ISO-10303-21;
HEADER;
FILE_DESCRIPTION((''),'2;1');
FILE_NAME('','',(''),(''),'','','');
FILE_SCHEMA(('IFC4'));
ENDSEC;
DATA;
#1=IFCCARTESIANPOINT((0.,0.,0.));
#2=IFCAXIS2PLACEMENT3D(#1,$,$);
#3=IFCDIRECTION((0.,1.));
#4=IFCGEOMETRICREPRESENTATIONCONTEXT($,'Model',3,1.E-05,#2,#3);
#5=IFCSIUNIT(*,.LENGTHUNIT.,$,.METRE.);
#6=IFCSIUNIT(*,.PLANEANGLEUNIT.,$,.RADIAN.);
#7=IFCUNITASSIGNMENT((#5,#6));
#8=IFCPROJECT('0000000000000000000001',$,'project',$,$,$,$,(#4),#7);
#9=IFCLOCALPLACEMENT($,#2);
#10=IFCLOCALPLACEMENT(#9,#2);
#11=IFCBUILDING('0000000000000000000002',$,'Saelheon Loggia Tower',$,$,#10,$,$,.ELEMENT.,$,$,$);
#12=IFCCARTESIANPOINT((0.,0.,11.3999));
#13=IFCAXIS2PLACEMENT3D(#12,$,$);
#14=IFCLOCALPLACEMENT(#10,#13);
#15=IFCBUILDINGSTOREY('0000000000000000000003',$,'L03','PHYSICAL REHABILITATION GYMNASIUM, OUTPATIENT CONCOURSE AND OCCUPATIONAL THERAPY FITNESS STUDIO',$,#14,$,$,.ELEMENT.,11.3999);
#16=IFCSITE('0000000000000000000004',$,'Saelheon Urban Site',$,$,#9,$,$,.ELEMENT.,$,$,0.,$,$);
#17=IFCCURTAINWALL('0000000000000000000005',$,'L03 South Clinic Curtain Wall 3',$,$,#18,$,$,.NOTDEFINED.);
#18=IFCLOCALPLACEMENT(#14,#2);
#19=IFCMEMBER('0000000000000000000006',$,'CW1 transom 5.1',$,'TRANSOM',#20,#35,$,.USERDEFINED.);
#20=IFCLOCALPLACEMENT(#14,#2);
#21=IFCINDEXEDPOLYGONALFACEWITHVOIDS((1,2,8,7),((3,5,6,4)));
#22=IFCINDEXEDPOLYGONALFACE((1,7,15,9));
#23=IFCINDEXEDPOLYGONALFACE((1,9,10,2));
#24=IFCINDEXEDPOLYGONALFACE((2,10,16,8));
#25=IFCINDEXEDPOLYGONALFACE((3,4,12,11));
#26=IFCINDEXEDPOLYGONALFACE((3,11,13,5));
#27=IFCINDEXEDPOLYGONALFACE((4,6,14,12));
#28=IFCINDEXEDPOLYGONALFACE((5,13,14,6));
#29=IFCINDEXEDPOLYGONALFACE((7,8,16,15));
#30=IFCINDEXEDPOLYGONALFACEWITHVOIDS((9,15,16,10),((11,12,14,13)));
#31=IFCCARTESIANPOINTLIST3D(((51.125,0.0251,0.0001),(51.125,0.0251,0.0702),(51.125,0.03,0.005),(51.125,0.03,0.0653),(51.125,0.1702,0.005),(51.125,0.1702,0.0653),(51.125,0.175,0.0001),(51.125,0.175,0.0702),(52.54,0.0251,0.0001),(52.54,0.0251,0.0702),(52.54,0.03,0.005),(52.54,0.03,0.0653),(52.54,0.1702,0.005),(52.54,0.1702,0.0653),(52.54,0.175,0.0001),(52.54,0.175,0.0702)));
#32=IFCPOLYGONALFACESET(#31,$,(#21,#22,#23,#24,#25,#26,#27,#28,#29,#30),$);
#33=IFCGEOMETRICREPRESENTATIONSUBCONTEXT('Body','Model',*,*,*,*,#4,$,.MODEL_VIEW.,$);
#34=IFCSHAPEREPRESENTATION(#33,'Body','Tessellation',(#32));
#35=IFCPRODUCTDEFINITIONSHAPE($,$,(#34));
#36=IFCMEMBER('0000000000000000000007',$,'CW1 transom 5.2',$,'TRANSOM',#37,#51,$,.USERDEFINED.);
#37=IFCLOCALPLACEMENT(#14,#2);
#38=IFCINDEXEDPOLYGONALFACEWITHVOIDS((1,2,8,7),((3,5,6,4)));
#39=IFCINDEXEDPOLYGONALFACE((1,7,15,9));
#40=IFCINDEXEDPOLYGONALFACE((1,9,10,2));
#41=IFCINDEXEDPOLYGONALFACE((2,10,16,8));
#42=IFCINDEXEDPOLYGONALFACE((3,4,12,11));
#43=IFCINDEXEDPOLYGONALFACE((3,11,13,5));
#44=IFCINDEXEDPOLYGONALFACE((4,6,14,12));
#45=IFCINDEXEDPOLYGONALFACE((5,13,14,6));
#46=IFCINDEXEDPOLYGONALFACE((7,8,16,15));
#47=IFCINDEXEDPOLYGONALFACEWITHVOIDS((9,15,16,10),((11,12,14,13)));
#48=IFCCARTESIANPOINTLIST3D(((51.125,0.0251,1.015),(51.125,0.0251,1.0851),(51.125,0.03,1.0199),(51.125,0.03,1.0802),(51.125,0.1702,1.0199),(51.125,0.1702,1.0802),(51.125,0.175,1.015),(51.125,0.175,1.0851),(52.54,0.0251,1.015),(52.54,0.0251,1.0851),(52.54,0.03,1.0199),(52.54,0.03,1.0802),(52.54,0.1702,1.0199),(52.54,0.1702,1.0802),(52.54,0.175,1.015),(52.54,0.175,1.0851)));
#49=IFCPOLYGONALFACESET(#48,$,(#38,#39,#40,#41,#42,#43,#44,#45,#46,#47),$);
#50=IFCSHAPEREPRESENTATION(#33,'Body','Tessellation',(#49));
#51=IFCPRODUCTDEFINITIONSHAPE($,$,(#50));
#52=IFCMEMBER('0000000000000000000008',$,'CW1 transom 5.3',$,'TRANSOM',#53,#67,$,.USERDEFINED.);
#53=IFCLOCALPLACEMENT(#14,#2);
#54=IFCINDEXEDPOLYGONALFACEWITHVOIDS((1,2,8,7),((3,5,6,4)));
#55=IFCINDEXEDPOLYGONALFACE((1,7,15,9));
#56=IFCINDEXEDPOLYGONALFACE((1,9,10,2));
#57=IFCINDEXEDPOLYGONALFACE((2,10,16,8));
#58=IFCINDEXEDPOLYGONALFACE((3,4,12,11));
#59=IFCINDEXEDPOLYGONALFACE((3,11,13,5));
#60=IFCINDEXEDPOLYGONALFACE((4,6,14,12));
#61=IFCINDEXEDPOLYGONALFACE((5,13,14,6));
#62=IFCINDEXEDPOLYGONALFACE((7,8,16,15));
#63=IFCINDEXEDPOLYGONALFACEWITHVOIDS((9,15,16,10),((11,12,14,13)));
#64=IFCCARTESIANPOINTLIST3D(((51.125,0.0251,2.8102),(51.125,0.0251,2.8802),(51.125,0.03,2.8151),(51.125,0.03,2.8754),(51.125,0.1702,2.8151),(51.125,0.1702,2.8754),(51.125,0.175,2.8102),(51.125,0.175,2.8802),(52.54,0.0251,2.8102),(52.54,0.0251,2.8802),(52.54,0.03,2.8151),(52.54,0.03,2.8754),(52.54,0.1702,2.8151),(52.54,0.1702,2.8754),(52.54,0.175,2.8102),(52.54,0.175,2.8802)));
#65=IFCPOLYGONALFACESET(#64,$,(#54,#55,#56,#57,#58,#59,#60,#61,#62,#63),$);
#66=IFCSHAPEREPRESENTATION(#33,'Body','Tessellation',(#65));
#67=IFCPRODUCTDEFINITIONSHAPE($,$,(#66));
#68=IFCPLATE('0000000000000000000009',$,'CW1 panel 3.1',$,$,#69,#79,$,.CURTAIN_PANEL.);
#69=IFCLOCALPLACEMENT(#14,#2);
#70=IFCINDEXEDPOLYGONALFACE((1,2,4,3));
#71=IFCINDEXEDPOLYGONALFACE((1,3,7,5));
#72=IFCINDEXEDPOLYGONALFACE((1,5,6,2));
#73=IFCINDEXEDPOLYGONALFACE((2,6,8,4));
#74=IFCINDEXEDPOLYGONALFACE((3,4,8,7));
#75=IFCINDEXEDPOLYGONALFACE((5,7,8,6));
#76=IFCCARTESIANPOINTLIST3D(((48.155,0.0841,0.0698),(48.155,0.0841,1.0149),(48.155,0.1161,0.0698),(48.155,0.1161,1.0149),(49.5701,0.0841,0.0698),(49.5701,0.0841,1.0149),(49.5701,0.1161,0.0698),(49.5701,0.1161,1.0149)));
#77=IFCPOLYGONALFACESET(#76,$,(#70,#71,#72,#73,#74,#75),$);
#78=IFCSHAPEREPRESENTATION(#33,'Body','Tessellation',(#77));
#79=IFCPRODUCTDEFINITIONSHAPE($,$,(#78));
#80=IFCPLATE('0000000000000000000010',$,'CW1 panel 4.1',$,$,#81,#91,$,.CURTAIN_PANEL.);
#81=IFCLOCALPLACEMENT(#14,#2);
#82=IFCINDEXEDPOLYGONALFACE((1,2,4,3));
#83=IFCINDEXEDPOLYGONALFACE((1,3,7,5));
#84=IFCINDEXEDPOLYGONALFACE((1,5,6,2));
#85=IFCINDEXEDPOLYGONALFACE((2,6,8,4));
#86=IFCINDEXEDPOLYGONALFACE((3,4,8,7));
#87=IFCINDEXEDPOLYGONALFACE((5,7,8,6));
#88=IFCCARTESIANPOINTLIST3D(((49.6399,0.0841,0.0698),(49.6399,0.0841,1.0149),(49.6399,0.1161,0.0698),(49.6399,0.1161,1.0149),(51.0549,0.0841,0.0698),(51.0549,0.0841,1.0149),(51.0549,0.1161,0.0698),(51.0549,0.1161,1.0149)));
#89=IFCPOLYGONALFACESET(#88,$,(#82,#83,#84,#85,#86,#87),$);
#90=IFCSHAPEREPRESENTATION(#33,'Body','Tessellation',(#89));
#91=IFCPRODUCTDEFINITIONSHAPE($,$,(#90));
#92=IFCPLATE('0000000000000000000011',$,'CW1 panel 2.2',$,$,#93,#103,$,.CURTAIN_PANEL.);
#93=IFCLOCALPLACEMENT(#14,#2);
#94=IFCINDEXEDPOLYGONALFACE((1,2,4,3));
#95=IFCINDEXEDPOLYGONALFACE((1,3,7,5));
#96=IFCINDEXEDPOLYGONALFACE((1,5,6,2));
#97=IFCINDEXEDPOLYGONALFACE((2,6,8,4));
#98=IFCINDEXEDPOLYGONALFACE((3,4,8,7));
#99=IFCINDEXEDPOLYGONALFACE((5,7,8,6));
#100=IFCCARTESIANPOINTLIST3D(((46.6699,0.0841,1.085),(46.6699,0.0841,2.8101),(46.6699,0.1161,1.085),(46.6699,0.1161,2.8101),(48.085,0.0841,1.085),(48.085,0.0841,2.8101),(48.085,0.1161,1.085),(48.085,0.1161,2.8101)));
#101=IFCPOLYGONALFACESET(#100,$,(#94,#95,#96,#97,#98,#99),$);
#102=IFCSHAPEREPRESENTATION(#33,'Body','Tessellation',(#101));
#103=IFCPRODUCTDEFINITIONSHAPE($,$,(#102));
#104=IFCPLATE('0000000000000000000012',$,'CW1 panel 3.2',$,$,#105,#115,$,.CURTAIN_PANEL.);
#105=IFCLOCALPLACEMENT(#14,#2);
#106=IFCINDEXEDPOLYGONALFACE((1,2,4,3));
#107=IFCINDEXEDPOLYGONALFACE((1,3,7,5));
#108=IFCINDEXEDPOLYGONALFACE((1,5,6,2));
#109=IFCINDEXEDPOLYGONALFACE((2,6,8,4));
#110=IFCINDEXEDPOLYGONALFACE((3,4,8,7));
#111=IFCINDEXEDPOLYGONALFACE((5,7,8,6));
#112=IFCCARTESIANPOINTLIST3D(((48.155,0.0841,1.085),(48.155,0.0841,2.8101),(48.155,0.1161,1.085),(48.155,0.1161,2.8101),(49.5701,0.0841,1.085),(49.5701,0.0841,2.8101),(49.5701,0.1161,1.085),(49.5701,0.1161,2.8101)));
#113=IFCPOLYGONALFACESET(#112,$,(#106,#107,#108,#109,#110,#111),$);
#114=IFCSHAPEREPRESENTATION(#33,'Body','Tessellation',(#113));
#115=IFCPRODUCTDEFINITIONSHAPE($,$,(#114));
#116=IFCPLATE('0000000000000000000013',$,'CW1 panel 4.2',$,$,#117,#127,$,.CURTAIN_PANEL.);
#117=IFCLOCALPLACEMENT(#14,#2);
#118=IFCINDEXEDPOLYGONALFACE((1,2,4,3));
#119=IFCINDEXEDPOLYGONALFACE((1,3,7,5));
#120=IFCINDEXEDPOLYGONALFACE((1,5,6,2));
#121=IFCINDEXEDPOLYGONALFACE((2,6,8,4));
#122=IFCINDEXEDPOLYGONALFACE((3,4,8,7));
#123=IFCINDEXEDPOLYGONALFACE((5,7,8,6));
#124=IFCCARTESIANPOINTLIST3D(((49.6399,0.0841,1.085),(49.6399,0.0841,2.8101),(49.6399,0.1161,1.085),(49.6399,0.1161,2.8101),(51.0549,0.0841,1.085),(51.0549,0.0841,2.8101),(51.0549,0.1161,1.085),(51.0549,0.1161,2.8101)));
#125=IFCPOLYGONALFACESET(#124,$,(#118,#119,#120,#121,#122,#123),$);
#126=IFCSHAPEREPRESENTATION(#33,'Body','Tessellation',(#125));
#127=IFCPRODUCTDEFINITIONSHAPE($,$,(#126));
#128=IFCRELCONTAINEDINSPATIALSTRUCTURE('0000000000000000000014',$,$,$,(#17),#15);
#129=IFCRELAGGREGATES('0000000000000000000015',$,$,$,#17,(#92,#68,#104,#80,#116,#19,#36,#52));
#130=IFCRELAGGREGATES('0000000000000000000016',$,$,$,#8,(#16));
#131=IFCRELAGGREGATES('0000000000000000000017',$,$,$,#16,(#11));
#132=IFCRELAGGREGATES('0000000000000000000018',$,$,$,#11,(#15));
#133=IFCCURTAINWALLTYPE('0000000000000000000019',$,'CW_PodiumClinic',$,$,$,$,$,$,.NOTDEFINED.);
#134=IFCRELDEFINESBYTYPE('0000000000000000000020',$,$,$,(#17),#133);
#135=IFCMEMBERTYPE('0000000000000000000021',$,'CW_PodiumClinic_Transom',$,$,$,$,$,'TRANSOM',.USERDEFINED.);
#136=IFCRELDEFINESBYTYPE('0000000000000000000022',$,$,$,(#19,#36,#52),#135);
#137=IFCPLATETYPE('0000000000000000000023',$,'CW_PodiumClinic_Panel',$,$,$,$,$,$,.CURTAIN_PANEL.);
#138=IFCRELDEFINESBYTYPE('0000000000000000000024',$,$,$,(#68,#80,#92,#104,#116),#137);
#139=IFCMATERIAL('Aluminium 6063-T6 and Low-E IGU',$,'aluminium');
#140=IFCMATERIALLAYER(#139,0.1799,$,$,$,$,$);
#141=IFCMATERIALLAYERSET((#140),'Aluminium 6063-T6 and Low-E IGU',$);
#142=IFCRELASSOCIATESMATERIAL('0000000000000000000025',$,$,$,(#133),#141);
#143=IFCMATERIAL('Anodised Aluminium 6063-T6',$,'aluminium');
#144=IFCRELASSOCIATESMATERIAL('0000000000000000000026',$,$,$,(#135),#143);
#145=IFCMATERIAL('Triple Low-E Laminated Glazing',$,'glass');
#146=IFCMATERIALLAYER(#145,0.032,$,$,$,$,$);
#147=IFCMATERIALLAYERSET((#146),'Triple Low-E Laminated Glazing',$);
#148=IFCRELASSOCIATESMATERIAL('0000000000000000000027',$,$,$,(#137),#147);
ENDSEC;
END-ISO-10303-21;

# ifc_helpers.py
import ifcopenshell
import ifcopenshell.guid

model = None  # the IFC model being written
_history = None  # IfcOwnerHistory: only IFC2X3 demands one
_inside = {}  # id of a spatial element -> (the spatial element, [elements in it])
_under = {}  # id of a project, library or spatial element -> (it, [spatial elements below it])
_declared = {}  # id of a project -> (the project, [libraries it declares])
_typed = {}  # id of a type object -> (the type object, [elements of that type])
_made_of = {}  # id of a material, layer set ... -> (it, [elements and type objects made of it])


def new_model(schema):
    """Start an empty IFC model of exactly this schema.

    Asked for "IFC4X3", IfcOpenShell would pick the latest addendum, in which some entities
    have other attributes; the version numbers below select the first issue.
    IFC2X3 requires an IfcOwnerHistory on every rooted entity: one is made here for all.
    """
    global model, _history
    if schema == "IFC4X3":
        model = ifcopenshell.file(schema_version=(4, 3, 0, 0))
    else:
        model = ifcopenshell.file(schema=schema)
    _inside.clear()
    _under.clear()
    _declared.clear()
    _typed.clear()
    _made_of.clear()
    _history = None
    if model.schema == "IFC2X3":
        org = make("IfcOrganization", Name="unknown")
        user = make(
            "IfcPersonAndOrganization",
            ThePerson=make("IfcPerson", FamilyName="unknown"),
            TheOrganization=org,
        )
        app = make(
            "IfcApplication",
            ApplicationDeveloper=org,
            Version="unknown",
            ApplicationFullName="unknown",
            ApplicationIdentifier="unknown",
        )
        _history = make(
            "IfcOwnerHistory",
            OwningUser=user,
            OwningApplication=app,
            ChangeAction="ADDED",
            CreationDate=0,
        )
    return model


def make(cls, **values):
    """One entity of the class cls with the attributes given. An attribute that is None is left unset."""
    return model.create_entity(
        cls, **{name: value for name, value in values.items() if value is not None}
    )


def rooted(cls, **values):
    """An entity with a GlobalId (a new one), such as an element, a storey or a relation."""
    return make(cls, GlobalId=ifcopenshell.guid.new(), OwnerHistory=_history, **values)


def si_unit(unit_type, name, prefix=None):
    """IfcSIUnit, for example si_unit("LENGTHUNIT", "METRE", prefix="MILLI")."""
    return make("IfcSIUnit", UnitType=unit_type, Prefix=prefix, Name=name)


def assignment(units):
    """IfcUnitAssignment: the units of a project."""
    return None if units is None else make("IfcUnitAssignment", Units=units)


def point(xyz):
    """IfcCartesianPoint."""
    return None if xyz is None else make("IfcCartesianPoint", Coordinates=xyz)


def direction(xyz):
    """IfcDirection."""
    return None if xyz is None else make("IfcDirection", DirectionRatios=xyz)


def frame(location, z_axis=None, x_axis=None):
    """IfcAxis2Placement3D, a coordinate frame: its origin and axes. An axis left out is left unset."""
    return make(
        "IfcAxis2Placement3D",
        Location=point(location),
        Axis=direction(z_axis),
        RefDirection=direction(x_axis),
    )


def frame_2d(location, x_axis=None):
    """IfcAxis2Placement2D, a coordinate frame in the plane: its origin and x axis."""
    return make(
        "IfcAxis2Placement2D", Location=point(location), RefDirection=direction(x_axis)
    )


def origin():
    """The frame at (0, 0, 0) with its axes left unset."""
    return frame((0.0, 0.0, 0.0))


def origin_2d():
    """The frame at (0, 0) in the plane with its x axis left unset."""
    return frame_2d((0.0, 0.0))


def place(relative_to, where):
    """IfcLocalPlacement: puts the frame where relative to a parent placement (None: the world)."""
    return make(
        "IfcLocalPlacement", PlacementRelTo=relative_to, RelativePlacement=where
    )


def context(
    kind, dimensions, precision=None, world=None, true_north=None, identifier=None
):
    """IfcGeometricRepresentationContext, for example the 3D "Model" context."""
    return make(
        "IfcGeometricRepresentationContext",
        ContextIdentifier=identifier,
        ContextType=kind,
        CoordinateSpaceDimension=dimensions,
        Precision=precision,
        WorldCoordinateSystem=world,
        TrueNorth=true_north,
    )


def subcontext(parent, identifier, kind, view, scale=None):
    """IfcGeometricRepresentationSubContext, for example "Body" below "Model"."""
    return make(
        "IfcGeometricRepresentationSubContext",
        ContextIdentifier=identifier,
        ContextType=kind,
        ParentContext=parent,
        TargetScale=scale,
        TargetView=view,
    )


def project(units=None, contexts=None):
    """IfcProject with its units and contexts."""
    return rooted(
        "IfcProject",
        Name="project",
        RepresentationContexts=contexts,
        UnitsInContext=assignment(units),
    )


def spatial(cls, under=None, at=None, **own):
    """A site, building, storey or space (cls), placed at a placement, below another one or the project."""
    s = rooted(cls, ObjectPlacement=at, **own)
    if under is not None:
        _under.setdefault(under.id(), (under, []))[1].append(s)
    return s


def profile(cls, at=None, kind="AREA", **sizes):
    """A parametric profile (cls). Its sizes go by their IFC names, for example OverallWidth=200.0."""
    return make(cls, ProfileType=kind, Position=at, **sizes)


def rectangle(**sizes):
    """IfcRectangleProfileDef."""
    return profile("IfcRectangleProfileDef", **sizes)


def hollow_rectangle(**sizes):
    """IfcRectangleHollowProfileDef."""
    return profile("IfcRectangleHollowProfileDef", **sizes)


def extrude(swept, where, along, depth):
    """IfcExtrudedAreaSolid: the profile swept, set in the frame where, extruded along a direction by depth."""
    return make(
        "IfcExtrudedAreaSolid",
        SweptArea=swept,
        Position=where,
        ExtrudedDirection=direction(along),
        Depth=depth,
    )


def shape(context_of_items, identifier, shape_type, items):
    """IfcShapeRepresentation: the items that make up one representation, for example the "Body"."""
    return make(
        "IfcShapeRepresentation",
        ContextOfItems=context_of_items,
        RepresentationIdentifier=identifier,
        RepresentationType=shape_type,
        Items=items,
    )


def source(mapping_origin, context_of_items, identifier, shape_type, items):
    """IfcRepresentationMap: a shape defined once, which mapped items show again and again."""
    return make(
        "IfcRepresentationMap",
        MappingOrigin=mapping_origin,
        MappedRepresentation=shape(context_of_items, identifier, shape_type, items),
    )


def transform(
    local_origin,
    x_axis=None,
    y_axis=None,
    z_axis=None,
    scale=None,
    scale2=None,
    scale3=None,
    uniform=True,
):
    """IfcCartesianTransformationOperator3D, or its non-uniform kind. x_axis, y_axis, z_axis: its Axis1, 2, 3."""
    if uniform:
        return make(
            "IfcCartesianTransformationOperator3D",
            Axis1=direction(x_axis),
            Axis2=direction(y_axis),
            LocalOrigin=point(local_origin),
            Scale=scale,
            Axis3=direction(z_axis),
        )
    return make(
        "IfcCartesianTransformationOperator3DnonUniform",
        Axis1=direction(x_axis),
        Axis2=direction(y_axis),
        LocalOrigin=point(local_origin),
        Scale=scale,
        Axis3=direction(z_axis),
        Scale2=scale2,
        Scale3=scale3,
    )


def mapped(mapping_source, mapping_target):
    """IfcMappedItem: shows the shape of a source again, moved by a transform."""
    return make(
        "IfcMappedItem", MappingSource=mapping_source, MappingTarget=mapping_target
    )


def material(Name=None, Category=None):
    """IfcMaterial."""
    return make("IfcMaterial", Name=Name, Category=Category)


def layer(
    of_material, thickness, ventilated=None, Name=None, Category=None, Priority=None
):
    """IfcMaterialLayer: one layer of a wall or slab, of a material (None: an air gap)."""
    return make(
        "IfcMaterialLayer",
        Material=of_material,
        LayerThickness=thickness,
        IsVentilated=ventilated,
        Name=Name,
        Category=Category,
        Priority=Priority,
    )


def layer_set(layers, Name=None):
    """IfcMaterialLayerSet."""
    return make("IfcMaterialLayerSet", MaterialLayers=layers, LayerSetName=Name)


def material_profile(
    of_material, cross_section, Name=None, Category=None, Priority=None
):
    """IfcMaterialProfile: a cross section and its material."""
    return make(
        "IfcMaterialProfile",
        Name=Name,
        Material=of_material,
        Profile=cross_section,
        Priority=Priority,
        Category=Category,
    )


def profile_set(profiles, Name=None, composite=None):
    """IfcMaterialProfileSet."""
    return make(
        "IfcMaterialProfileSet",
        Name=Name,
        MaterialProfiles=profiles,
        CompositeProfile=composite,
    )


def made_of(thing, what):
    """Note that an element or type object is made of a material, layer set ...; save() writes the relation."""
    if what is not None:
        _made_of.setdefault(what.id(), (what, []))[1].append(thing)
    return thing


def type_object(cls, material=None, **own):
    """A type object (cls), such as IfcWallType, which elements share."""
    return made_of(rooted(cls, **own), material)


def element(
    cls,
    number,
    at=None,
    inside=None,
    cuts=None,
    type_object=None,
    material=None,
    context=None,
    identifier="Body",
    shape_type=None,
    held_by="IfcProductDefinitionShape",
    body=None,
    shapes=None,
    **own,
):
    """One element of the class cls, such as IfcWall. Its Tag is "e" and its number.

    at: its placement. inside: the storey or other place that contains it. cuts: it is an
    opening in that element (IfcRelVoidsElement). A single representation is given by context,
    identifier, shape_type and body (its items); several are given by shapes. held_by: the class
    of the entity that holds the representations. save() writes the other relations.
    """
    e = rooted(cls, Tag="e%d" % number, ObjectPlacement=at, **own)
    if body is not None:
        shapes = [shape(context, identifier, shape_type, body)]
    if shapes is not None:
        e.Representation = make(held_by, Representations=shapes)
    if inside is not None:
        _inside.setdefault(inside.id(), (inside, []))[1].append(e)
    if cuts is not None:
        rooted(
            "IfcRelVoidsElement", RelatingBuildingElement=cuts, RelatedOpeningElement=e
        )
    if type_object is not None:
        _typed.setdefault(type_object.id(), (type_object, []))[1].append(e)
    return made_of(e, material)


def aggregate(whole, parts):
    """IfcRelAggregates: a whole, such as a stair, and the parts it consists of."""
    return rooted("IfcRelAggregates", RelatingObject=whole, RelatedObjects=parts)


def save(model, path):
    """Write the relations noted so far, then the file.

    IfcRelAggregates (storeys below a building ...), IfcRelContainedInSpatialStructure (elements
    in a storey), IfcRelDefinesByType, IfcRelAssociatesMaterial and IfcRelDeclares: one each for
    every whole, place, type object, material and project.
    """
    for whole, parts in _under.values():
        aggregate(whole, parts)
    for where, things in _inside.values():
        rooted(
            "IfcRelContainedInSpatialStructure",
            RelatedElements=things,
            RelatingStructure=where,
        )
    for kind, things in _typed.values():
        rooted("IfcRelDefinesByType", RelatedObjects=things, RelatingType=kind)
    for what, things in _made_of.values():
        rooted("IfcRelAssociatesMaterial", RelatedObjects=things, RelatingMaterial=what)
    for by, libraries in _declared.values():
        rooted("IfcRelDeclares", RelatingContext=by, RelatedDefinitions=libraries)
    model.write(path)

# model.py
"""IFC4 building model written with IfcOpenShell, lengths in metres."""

from ifc_helpers import new_model, si_unit, direction, frame, origin, origin_2d, place, context, subcontext, project, spatial, rectangle, hollow_rectangle, extrude, source, transform, mapped, material, layer, layer_set, material_profile, profile_set, type_object, element, aggregate, save


model = new_model("IFC4")

# Units and contexts
model_context = context("Model", 3, precision=1e-05, world=origin(), true_north=direction((0.0, 1.0)))
body_context = subcontext(model_context, "Body", "Model", "MODEL_VIEW")
ifc_project = project(units=[si_unit("LENGTHUNIT", "METRE"), si_unit("PLANEANGLEUNIT", "RADIAN")], contexts=[model_context])

# Site, building, storey
site_placement = place(None, origin())
site = spatial("IfcSite", under=ifc_project, at=site_placement, Name="Saelheon Urban Site", CompositionType="ELEMENT", RefElevation=0.0)
building_placement = place(site_placement, origin())
building = spatial("IfcBuilding", under=site, at=building_placement, Name="Saelheon Loggia Tower", CompositionType="ELEMENT")
storey_placement = place(building_placement, frame((0.0, 0.0, 11.3999)))
storey = spatial("IfcBuildingStorey", under=building, at=storey_placement, Name="L03", Description="PHYSICAL REHABILITATION GYMNASIUM, OUTPATIENT CONCOURSE AND OCCUPATIONAL THERAPY FITNESS STUDIO", CompositionType="ELEMENT", Elevation=11.3999)

# Curtain wall, members, plates
ifc_material_1 = material(Name="Aluminium 6063-T6 and Low-E IGU", Category="aluminium")
ifc_layer_1 = layer(ifc_material_1, 0.1799)
ifc_layer_set_1 = layer_set([ifc_layer_1], Name="Aluminium 6063-T6 and Low-E IGU")
curtain_wall_type = type_object("IfcCurtainWallType", Name="CW_PodiumClinic", PredefinedType="NOTDEFINED", material=ifc_layer_set_1)
curtain_wall_placement = place(storey_placement, origin())
curtain_wall = element("IfcCurtainWall", 1, at=curtain_wall_placement, inside=storey, type_object=curtain_wall_type, Name="L03 South Clinic Curtain Wall 3", PredefinedType="NOTDEFINED")
ifc_material_2 = material(Name="Anodised Aluminium 6063-T6", Category="aluminium")
ifc_material_profile_1 = material_profile(ifc_material_2, hollow_rectangle(XDim=0.0701, YDim=0.1499, WallThickness=0.0049, at=origin_2d()), Name="RHS-150x70x5")
ifc_profile_set_1 = profile_set([ifc_material_profile_1], Name="Anodised Aluminium 6063-T6")
member_type_1 = type_object("IfcMemberType", Name="CW_PodiumClinic_Transom", ElementType="TRANSOM", PredefinedType="USERDEFINED", material=ifc_profile_set_1)
shared_shape_1 = source(origin(), body_context, "Body", "SweptSolid", [
    extrude(hollow_rectangle(XDim=0.0701, YDim=0.1499, WallThickness=0.0049, at=origin_2d()), origin(), (0.0, 0.0, 1.0), 1.415),
])
member_1_placement = place(storey_placement, frame((51.125, 0.1001, 0.0352), z_axis=(1.0, 0.0, 0.0), x_axis=(0.0, 0.0, 1.0)))
member_1 = element("IfcMember", 2, at=member_1_placement, type_object=member_type_1, Name="CW1 transom 5.1", ObjectType="TRANSOM", PredefinedType="USERDEFINED", context=body_context, shape_type="MappedRepresentation", body=[
    mapped(shared_shape_1, transform((0.0, 0.0, 0.0), scale=1.0)),
])
member_2_placement = place(storey_placement, frame((51.125, 0.1001, 1.05), z_axis=(1.0, 0.0, 0.0), x_axis=(0.0, 0.0, 1.0)))
member_2 = element("IfcMember", 3, at=member_2_placement, type_object=member_type_1, Name="CW1 transom 5.2", ObjectType="TRANSOM", PredefinedType="USERDEFINED", context=body_context, shape_type="MappedRepresentation", body=[
    mapped(shared_shape_1, transform((0.0, 0.0, 0.0), scale=1.0)),
])
member_3_placement = place(storey_placement, frame((51.125, 0.1001, 2.8452), z_axis=(1.0, 0.0, 0.0), x_axis=(0.0, 0.0, 1.0)))
member_3 = element("IfcMember", 4, at=member_3_placement, type_object=member_type_1, Name="CW1 transom 5.3", ObjectType="TRANSOM", PredefinedType="USERDEFINED", context=body_context, shape_type="MappedRepresentation", body=[
    mapped(shared_shape_1, transform((0.0, 0.0, 0.0), scale=1.0)),
])
ifc_material_3 = material(Name="Triple Low-E Laminated Glazing", Category="glass")
ifc_layer_2 = layer(ifc_material_3, 0.032)
ifc_layer_set_2 = layer_set([ifc_layer_2], Name="Triple Low-E Laminated Glazing")
plate_type = type_object("IfcPlateType", Name="CW_PodiumClinic_Panel", PredefinedType="CURTAIN_PANEL", material=ifc_layer_set_2)
shared_shape_2 = source(origin(), body_context, "Body", "SweptSolid", [
    extrude(rectangle(XDim=1.415, YDim=0.032, at=origin_2d()), origin(), (0.0, 0.0, 1.0), 0.9451),
])
plate_1_placement = place(storey_placement, frame((48.8625, 0.1001, 0.0698), z_axis=(0.0, 0.0, 1.0), x_axis=(1.0, 0.0, 0.0)))
plate_1 = element("IfcPlate", 5, at=plate_1_placement, type_object=plate_type, Name="CW1 panel 3.1", PredefinedType="CURTAIN_PANEL", context=body_context, shape_type="MappedRepresentation", body=[
    mapped(shared_shape_2, transform((0.0, 0.0, 0.0), scale=1.0)),
])
plate_2_placement = place(storey_placement, frame((50.3474, 0.1001, 0.0698), z_axis=(0.0, 0.0, 1.0), x_axis=(1.0, 0.0, 0.0)))
plate_2 = element("IfcPlate", 6, at=plate_2_placement, type_object=plate_type, Name="CW1 panel 4.1", PredefinedType="CURTAIN_PANEL", context=body_context, shape_type="MappedRepresentation", body=[
    mapped(shared_shape_2, transform((0.0, 0.0, 0.0), scale=1.0)),
])
shared_shape_3 = source(origin(), body_context, "Body", "SweptSolid", [
    extrude(rectangle(XDim=1.415, YDim=0.032, at=origin_2d()), origin(), (0.0, 0.0, 1.0), 1.7251),
])
plate_3_placement = place(storey_placement, frame((47.3774, 0.1001, 1.085), z_axis=(0.0, 0.0, 1.0), x_axis=(1.0, 0.0, 0.0)))
plate_3 = element("IfcPlate", 7, at=plate_3_placement, type_object=plate_type, Name="CW1 panel 2.2", PredefinedType="CURTAIN_PANEL", context=body_context, shape_type="MappedRepresentation", body=[
    mapped(shared_shape_3, transform((0.0, 0.0, 0.0), scale=1.0)),
])
plate_4_placement = place(storey_placement, frame((48.8625, 0.1001, 1.085), z_axis=(0.0, 0.0, 1.0), x_axis=(1.0, 0.0, 0.0)))
plate_4 = element("IfcPlate", 8, at=plate_4_placement, type_object=plate_type, Name="CW1 panel 3.2", PredefinedType="CURTAIN_PANEL", context=body_context, shape_type="MappedRepresentation", body=[
    mapped(shared_shape_3, transform((0.0, 0.0, 0.0), scale=1.0)),
])
plate_5_placement = place(storey_placement, frame((50.3474, 0.1001, 1.085), z_axis=(0.0, 0.0, 1.0), x_axis=(1.0, 0.0, 0.0)))
plate_5 = element("IfcPlate", 9, at=plate_5_placement, type_object=plate_type, Name="CW1 panel 4.2", PredefinedType="CURTAIN_PANEL", context=body_context, shape_type="MappedRepresentation", body=[
    mapped(shared_shape_3, transform((0.0, 0.0, 0.0), scale=1.0)),
])
aggregate(curtain_wall, [plate_3, plate_1, plate_4, plate_2, plate_5, member_1, member_2, member_3])

save(model, "model.ifc")
